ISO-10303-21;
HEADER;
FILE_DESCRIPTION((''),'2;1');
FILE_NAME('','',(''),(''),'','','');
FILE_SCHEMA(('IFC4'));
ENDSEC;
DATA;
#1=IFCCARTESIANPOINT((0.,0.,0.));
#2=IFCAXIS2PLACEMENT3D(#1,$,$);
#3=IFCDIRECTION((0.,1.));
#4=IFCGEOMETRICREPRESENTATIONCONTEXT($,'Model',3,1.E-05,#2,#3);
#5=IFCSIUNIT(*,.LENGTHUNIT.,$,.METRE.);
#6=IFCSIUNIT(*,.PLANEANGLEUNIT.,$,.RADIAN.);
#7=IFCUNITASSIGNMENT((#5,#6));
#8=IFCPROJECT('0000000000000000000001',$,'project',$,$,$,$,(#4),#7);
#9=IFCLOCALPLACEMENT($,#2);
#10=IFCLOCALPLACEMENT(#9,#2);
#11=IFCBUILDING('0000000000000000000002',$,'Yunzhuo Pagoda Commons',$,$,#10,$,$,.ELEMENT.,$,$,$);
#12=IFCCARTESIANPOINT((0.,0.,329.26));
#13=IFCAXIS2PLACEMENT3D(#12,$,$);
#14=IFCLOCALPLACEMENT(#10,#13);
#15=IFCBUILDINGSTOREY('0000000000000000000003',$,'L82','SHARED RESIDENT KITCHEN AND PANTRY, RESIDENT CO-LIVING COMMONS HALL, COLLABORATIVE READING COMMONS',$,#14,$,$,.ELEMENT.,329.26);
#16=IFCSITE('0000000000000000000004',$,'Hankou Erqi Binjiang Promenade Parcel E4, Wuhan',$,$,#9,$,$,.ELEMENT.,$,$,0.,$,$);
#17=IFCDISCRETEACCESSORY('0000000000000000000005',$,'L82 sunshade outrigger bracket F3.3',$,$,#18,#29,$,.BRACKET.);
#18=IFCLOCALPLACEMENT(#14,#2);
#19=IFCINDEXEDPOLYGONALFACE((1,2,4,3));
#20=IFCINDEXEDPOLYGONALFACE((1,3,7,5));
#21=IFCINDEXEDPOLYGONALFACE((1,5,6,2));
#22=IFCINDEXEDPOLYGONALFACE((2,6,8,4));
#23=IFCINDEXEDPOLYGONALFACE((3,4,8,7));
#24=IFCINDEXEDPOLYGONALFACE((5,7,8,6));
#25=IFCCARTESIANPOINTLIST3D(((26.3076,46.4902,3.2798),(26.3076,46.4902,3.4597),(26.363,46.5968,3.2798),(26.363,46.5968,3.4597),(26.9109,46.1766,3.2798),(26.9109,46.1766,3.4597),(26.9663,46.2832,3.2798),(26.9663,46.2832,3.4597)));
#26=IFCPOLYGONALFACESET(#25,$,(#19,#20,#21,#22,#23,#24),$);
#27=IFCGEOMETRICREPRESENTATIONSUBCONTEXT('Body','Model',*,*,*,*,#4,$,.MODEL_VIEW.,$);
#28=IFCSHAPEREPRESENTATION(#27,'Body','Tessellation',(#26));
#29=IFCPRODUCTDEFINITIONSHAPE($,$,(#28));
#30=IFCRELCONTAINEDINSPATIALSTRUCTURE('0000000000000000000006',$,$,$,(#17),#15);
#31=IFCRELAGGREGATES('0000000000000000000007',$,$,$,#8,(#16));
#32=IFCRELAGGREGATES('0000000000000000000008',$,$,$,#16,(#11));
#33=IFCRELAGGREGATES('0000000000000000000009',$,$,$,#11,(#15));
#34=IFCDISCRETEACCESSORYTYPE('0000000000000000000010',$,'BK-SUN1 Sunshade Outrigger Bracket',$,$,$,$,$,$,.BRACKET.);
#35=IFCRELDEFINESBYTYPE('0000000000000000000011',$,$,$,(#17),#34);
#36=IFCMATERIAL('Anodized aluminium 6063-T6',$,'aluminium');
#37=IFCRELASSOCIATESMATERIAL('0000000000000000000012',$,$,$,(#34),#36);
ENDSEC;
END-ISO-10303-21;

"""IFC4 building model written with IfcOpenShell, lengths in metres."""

from ifc_helpers import new_model, si_unit, direction, frame, origin, origin_2d, place, context, subcontext, project, spatial, rectangle, extrude, source, transform, mapped, material, type_object, element, save


model = new_model("IFC4")

# Units and contexts
model_context = context("Model", 3, precision=1e-05, world=origin(), true_north=direction((0.0, 1.0)))
body_context = subcontext(model_context, "Body", "Model", "MODEL_VIEW")
ifc_project = project(units=[si_unit("LENGTHUNIT", "METRE"), si_unit("PLANEANGLEUNIT", "RADIAN")], contexts=[model_context])

# Site, building, storey
site_placement = place(None, origin())
site = spatial("IfcSite", under=ifc_project, at=site_placement, Name="Hankou Erqi Binjiang Promenade Parcel E4, Wuhan", CompositionType="ELEMENT", RefElevation=0.0)
building_placement = place(site_placement, origin())
building = spatial("IfcBuilding", under=site, at=building_placement, Name="Yunzhuo Pagoda Commons", CompositionType="ELEMENT")
storey_placement = place(building_placement, frame((0.0, 0.0, 329.26)))
storey = spatial("IfcBuildingStorey", under=building, at=storey_placement, Name="L82", Description="SHARED RESIDENT KITCHEN AND PANTRY, RESIDENT CO-LIVING COMMONS HALL, COLLABORATIVE READING COMMONS", CompositionType="ELEMENT", Elevation=329.26)

# Shared definitions
ifc_material_1 = material(Name="Anodized aluminium 6063-T6", Category="aluminium")

# Discrete accessory
discrete_accessory_type = type_object("IfcDiscreteAccessoryType", Name="BK-SUN1 Sunshade Outrigger Bracket", PredefinedType="BRACKET", material=ifc_material_1)
shared_shape_1 = source(origin(), body_context, "Body", "SweptSolid", [
    extrude(rectangle(XDim=0.1201, YDim=0.6799, at=origin_2d()), origin(), (0.0, 0.0, 1.0), 0.1799),
])
discrete_accessory_placement = place(storey_placement, frame((26.637, 46.3867, 3.2798), z_axis=(0.0, 0.0, 1.0), x_axis=(-0.461207, -0.887293, 0.0)))
element("IfcDiscreteAccessory", 1, at=discrete_accessory_placement, inside=storey, type_object=discrete_accessory_type, Name="L82 sunshade outrigger bracket F3.3", PredefinedType="BRACKET", context=body_context, shape_type="MappedRepresentation", body=[
    mapped(shared_shape_1, transform((0.0, 0.0, 0.0), scale=1.0)),
])

save(model, "model.ifc")
